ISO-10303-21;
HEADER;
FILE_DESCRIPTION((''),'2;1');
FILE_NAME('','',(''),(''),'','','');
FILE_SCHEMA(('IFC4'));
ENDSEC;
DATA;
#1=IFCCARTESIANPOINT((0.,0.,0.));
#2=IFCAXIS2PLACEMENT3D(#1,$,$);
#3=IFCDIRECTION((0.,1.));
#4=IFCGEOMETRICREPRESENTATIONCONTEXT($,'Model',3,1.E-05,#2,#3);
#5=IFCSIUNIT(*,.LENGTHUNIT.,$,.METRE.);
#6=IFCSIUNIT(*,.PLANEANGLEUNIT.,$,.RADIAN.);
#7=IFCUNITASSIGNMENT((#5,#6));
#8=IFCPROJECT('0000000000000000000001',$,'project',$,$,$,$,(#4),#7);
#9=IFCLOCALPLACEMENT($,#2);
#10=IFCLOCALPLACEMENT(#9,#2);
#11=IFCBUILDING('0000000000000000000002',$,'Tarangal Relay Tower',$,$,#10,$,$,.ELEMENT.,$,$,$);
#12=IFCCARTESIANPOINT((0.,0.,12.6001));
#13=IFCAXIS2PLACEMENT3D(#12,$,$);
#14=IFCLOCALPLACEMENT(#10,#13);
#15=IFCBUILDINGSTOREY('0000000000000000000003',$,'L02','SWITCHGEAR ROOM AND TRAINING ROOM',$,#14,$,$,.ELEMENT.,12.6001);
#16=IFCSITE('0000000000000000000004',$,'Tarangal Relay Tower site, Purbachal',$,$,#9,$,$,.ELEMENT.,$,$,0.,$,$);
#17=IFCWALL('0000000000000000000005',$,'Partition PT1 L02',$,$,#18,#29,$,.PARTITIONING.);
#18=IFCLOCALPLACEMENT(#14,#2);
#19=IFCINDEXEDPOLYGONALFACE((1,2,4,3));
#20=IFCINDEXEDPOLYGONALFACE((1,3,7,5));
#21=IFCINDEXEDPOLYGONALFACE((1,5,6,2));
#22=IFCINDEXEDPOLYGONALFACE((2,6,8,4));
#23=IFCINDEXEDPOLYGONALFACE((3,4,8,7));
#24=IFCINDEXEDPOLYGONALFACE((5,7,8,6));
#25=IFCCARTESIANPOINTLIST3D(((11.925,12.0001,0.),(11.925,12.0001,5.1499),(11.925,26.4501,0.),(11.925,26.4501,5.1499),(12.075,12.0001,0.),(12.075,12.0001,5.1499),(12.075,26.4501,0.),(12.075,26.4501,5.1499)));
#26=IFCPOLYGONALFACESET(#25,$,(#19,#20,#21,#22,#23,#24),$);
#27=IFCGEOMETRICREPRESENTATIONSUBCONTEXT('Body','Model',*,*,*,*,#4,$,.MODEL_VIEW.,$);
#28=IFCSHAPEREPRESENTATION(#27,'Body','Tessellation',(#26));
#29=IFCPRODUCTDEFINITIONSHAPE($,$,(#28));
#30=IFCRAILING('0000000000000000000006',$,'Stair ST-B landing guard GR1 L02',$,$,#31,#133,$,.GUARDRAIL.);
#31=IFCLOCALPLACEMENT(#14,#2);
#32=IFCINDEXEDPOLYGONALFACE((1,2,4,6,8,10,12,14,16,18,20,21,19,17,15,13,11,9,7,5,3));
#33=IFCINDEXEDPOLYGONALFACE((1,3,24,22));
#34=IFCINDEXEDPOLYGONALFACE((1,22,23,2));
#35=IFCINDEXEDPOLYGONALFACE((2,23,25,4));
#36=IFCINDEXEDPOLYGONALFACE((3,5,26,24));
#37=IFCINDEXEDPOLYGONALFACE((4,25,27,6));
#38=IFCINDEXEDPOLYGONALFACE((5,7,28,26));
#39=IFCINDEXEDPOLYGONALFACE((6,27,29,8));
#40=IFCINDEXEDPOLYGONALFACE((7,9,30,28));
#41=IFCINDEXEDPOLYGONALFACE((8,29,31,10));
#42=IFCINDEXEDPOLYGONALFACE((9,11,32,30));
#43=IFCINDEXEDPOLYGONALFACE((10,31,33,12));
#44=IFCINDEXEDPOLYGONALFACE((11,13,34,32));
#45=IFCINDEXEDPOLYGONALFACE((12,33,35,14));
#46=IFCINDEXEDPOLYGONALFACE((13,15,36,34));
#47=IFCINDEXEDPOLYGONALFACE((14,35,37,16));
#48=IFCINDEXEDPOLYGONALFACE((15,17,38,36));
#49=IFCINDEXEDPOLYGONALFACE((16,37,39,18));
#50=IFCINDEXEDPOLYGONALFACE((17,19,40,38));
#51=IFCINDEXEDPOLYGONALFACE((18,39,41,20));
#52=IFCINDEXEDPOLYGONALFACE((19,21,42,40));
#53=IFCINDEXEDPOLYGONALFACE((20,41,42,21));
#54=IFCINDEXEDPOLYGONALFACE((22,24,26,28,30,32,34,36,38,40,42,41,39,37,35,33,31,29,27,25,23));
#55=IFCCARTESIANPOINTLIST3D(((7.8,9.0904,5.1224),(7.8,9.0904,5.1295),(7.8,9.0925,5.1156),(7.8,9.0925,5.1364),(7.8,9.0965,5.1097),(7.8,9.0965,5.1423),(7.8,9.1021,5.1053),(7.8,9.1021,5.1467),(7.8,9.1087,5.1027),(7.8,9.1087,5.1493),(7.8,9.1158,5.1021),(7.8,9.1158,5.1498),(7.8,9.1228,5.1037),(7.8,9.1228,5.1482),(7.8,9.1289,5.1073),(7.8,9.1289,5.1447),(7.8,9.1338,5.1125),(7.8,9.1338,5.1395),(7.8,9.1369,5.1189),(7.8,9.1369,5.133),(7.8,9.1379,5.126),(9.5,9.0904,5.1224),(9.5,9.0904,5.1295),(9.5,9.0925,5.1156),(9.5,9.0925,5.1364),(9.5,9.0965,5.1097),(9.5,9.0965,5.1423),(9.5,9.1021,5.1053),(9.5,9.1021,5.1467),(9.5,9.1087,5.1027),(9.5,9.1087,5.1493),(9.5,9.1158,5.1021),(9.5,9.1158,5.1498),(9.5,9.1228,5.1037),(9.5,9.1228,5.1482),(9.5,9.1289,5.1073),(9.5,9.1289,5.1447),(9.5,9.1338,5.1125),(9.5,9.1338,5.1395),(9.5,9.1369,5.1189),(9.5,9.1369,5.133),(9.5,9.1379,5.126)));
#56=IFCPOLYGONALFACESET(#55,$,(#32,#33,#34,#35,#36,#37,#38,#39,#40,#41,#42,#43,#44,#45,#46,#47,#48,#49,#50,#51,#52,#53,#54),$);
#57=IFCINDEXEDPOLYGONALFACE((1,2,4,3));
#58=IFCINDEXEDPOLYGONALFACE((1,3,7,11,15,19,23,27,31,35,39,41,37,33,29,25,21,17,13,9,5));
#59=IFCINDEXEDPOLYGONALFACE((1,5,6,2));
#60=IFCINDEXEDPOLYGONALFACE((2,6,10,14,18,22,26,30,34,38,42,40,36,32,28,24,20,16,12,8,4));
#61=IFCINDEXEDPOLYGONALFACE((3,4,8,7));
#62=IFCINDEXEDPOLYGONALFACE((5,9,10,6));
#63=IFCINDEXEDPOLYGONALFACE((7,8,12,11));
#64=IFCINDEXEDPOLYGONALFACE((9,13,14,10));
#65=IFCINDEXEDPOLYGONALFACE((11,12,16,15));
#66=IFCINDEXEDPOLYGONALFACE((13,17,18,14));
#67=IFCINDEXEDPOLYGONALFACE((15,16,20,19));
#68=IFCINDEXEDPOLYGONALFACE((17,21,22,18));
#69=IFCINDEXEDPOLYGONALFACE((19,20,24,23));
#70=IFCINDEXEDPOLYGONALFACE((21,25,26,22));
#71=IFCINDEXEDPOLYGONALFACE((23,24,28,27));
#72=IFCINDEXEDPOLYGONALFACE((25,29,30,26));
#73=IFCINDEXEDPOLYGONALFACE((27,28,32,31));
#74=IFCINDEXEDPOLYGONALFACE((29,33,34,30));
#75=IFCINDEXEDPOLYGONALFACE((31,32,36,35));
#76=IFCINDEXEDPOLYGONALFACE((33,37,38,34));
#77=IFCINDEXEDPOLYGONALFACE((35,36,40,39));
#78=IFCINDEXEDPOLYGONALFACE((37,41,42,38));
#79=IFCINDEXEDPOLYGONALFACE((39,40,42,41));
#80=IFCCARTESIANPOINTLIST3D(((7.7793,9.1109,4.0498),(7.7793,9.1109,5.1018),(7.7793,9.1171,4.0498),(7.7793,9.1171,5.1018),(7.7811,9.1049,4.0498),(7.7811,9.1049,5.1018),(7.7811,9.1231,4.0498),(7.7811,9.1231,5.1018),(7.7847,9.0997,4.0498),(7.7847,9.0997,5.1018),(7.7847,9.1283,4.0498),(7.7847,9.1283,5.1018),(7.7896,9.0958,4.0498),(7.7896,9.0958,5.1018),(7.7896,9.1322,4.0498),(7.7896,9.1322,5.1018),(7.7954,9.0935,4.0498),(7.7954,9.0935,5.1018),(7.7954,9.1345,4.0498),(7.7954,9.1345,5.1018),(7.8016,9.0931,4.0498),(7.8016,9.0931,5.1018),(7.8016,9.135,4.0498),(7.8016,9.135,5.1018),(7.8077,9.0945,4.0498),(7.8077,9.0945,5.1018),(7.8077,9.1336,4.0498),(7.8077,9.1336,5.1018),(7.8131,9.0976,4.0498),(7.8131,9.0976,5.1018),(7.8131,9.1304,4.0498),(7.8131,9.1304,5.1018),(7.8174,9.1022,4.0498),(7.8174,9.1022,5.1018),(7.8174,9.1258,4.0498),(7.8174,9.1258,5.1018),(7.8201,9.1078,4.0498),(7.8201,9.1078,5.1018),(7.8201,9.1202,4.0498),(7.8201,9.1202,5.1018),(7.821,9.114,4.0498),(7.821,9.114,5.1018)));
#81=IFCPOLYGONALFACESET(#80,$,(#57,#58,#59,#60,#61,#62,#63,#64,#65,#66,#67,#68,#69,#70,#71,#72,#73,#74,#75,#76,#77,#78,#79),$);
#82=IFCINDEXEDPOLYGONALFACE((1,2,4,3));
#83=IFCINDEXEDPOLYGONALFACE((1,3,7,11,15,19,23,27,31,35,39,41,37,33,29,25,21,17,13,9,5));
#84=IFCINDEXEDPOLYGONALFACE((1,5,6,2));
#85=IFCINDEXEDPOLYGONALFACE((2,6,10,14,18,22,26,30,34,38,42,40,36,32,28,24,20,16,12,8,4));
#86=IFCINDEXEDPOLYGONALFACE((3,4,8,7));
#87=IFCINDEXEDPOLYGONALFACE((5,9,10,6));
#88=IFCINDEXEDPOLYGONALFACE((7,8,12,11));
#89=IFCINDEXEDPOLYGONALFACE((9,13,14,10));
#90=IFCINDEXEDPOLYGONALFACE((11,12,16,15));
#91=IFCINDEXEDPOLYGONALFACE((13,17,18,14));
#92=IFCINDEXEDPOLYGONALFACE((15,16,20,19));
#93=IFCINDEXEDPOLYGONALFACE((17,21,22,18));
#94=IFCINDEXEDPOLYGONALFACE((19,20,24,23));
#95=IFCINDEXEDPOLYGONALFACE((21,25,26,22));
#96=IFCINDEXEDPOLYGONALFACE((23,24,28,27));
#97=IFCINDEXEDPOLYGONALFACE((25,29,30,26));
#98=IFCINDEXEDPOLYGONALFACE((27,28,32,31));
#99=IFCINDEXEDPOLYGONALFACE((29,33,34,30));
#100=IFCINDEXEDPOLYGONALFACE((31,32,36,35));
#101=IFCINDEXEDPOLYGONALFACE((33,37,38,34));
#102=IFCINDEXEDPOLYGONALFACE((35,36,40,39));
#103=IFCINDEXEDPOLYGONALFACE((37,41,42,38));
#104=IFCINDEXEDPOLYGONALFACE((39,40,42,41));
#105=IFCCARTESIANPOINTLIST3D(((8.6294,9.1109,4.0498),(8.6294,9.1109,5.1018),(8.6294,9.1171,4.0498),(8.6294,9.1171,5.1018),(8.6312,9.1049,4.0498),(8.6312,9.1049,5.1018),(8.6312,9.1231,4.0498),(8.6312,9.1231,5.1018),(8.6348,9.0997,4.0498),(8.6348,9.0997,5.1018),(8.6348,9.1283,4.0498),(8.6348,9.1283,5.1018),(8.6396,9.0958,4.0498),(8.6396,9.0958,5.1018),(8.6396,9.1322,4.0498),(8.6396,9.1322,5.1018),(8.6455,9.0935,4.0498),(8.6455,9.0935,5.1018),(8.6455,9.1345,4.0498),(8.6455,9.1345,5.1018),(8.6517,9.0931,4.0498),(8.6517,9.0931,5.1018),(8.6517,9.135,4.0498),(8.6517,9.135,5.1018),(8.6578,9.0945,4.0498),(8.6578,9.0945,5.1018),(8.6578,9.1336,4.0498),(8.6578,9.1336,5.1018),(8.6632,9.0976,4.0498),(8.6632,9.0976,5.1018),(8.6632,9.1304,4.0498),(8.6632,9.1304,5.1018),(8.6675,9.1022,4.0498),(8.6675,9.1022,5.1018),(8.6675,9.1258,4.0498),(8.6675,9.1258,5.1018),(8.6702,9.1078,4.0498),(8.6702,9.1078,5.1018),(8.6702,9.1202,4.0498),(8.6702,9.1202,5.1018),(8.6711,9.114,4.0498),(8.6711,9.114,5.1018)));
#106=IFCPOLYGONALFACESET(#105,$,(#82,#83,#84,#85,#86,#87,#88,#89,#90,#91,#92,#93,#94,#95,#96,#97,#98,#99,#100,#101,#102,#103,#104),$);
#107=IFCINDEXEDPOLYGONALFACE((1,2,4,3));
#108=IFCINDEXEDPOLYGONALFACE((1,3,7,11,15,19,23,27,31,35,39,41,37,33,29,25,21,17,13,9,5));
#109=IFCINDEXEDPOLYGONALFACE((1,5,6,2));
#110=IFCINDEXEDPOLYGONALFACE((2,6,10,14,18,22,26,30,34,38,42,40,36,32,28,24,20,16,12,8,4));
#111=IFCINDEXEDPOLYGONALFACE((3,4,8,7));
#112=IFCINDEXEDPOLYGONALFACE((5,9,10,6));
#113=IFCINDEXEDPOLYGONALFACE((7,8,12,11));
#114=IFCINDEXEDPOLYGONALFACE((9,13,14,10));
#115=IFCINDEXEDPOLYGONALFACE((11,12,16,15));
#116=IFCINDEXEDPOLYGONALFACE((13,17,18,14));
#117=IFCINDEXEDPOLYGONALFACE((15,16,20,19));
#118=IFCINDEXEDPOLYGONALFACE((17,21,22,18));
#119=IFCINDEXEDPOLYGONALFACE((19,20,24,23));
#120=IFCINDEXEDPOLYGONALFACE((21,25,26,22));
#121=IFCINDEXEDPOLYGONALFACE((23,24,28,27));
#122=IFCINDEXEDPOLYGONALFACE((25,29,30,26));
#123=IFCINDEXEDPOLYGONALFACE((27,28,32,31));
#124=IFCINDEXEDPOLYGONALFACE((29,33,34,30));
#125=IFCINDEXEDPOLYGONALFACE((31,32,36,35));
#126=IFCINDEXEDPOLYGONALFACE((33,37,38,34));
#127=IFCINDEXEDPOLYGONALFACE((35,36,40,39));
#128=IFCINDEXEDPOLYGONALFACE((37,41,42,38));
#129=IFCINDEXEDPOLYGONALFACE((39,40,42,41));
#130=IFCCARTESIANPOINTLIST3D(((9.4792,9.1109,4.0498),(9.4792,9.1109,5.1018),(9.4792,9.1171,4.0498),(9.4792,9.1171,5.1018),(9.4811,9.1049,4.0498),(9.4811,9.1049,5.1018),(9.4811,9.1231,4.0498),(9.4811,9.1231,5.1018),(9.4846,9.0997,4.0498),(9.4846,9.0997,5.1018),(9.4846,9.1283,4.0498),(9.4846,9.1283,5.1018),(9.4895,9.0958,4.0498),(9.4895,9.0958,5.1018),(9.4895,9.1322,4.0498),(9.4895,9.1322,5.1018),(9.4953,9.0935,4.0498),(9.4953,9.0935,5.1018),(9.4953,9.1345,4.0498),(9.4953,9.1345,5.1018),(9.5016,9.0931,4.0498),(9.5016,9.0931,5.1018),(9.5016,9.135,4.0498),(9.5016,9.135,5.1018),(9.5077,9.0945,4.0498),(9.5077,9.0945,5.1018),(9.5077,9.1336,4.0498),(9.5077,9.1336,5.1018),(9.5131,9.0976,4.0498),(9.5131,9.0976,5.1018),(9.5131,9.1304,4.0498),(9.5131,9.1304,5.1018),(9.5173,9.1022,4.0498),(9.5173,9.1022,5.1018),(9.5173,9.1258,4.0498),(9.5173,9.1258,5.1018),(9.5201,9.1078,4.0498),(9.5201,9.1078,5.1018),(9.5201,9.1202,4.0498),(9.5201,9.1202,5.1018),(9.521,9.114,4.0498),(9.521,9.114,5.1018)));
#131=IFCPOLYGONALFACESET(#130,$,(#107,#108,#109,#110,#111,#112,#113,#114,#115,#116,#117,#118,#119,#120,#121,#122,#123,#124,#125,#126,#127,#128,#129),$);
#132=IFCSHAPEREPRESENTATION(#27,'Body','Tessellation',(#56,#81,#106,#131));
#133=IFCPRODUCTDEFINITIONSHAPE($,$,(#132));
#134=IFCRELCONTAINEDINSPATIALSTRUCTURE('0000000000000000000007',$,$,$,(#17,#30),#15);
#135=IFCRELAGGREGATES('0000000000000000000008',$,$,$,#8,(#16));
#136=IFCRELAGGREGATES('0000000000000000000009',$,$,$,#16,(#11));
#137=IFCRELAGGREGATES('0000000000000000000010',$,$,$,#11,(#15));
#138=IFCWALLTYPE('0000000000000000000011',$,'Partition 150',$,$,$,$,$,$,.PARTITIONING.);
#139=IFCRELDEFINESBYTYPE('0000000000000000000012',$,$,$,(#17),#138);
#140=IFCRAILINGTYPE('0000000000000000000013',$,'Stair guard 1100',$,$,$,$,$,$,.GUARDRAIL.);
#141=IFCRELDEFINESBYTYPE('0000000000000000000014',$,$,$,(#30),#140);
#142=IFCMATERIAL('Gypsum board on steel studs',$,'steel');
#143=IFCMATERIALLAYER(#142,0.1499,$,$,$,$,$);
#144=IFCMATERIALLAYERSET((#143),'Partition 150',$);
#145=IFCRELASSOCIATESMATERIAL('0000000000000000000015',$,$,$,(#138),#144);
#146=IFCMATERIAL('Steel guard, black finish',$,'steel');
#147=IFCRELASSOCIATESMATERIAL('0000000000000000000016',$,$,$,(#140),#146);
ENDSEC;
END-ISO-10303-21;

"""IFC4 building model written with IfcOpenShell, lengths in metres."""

from ifc_helpers import new_model, si_unit, direction, frame, frame_2d, origin, origin_2d, place, context, subcontext, project, spatial, rectangle, circle, extrude, material, layer, layer_set, type_object, element, save


model = new_model("IFC4")

# Units and contexts
model_context = context("Model", 3, precision=1e-05, world=origin(), true_north=direction((0.0, 1.0)))
body_context = subcontext(model_context, "Body", "Model", "MODEL_VIEW")
ifc_project = project(units=[si_unit("LENGTHUNIT", "METRE"), si_unit("PLANEANGLEUNIT", "RADIAN")], contexts=[model_context])

# Site, building, storey
site_placement = place(None, origin())
site = spatial("IfcSite", under=ifc_project, at=site_placement, Name="Tarangal Relay Tower site, Purbachal", CompositionType="ELEMENT", RefElevation=0.0)
building_placement = place(site_placement, origin())
building = spatial("IfcBuilding", under=site, at=building_placement, Name="Tarangal Relay Tower", CompositionType="ELEMENT")
storey_placement = place(building_placement, frame((0.0, 0.0, 12.6001)))
storey = spatial("IfcBuildingStorey", under=building, at=storey_placement, Name="L02", Description="SWITCHGEAR ROOM AND TRAINING ROOM", CompositionType="ELEMENT", Elevation=12.6001)

# Wall
ifc_material_1 = material(Name="Gypsum board on steel studs", Category="steel")
ifc_layer_1 = layer(ifc_material_1, 0.1499)
ifc_layer_set_1 = layer_set([ifc_layer_1], Name="Partition 150")
wall_type_1 = type_object("IfcWallType", Name="Partition 150", PredefinedType="PARTITIONING", material=ifc_layer_set_1)
wall_1_placement = place(storey_placement, frame((12.0, 12.0, 0.0), z_axis=(0.0, 0.0, 1.0), x_axis=(0.0, 1.0, 0.0)))
element("IfcWall", 1, at=wall_1_placement, inside=storey, type_object=wall_type_1, Name="Partition PT1 L02", PredefinedType="PARTITIONING", context=body_context, shape_type="SweptSolid", body=[
    extrude(rectangle(XDim=14.45, YDim=0.1499, at=frame_2d((7.2251, 0.0))), origin(), (0.0, 0.0, 1.0), 5.1499),
])

# Railing
ifc_material_2 = material(Name="Steel guard, black finish", Category="steel")
railing_type = type_object("IfcRailingType", Name="Stair guard 1100", PredefinedType="GUARDRAIL", material=ifc_material_2)
railing_placement = place(storey_placement, frame((7.8, 9.114, 4.0498)))
element("IfcRailing", 2, at=railing_placement, inside=storey, type_object=railing_type, Name="Stair ST-B landing guard GR1 L02", PredefinedType="GUARDRAIL", context=body_context, shape_type="SweptSolid", body=[
    extrude(circle(Radius=0.0239, at=origin_2d()), frame((0.0, 0.0, 1.0762), z_axis=(1.0, 0.0, 0.0), x_axis=(0.0, 1.0, 0.0)), (0.0, 0.0, 1.0), 1.7),
    extrude(circle(Radius=0.021, at=origin_2d()), origin(), (0.0, 0.0, 1.0), 1.052),
    extrude(circle(Radius=0.021, at=origin_2d()), frame((0.8501, 0.0, 0.0)), (0.0, 0.0, 1.0), 1.052),
    extrude(circle(Radius=0.021, at=origin_2d()), frame((1.7, 0.0, 0.0)), (0.0, 0.0, 1.0), 1.052),
])

save(model, "model.ifc")
